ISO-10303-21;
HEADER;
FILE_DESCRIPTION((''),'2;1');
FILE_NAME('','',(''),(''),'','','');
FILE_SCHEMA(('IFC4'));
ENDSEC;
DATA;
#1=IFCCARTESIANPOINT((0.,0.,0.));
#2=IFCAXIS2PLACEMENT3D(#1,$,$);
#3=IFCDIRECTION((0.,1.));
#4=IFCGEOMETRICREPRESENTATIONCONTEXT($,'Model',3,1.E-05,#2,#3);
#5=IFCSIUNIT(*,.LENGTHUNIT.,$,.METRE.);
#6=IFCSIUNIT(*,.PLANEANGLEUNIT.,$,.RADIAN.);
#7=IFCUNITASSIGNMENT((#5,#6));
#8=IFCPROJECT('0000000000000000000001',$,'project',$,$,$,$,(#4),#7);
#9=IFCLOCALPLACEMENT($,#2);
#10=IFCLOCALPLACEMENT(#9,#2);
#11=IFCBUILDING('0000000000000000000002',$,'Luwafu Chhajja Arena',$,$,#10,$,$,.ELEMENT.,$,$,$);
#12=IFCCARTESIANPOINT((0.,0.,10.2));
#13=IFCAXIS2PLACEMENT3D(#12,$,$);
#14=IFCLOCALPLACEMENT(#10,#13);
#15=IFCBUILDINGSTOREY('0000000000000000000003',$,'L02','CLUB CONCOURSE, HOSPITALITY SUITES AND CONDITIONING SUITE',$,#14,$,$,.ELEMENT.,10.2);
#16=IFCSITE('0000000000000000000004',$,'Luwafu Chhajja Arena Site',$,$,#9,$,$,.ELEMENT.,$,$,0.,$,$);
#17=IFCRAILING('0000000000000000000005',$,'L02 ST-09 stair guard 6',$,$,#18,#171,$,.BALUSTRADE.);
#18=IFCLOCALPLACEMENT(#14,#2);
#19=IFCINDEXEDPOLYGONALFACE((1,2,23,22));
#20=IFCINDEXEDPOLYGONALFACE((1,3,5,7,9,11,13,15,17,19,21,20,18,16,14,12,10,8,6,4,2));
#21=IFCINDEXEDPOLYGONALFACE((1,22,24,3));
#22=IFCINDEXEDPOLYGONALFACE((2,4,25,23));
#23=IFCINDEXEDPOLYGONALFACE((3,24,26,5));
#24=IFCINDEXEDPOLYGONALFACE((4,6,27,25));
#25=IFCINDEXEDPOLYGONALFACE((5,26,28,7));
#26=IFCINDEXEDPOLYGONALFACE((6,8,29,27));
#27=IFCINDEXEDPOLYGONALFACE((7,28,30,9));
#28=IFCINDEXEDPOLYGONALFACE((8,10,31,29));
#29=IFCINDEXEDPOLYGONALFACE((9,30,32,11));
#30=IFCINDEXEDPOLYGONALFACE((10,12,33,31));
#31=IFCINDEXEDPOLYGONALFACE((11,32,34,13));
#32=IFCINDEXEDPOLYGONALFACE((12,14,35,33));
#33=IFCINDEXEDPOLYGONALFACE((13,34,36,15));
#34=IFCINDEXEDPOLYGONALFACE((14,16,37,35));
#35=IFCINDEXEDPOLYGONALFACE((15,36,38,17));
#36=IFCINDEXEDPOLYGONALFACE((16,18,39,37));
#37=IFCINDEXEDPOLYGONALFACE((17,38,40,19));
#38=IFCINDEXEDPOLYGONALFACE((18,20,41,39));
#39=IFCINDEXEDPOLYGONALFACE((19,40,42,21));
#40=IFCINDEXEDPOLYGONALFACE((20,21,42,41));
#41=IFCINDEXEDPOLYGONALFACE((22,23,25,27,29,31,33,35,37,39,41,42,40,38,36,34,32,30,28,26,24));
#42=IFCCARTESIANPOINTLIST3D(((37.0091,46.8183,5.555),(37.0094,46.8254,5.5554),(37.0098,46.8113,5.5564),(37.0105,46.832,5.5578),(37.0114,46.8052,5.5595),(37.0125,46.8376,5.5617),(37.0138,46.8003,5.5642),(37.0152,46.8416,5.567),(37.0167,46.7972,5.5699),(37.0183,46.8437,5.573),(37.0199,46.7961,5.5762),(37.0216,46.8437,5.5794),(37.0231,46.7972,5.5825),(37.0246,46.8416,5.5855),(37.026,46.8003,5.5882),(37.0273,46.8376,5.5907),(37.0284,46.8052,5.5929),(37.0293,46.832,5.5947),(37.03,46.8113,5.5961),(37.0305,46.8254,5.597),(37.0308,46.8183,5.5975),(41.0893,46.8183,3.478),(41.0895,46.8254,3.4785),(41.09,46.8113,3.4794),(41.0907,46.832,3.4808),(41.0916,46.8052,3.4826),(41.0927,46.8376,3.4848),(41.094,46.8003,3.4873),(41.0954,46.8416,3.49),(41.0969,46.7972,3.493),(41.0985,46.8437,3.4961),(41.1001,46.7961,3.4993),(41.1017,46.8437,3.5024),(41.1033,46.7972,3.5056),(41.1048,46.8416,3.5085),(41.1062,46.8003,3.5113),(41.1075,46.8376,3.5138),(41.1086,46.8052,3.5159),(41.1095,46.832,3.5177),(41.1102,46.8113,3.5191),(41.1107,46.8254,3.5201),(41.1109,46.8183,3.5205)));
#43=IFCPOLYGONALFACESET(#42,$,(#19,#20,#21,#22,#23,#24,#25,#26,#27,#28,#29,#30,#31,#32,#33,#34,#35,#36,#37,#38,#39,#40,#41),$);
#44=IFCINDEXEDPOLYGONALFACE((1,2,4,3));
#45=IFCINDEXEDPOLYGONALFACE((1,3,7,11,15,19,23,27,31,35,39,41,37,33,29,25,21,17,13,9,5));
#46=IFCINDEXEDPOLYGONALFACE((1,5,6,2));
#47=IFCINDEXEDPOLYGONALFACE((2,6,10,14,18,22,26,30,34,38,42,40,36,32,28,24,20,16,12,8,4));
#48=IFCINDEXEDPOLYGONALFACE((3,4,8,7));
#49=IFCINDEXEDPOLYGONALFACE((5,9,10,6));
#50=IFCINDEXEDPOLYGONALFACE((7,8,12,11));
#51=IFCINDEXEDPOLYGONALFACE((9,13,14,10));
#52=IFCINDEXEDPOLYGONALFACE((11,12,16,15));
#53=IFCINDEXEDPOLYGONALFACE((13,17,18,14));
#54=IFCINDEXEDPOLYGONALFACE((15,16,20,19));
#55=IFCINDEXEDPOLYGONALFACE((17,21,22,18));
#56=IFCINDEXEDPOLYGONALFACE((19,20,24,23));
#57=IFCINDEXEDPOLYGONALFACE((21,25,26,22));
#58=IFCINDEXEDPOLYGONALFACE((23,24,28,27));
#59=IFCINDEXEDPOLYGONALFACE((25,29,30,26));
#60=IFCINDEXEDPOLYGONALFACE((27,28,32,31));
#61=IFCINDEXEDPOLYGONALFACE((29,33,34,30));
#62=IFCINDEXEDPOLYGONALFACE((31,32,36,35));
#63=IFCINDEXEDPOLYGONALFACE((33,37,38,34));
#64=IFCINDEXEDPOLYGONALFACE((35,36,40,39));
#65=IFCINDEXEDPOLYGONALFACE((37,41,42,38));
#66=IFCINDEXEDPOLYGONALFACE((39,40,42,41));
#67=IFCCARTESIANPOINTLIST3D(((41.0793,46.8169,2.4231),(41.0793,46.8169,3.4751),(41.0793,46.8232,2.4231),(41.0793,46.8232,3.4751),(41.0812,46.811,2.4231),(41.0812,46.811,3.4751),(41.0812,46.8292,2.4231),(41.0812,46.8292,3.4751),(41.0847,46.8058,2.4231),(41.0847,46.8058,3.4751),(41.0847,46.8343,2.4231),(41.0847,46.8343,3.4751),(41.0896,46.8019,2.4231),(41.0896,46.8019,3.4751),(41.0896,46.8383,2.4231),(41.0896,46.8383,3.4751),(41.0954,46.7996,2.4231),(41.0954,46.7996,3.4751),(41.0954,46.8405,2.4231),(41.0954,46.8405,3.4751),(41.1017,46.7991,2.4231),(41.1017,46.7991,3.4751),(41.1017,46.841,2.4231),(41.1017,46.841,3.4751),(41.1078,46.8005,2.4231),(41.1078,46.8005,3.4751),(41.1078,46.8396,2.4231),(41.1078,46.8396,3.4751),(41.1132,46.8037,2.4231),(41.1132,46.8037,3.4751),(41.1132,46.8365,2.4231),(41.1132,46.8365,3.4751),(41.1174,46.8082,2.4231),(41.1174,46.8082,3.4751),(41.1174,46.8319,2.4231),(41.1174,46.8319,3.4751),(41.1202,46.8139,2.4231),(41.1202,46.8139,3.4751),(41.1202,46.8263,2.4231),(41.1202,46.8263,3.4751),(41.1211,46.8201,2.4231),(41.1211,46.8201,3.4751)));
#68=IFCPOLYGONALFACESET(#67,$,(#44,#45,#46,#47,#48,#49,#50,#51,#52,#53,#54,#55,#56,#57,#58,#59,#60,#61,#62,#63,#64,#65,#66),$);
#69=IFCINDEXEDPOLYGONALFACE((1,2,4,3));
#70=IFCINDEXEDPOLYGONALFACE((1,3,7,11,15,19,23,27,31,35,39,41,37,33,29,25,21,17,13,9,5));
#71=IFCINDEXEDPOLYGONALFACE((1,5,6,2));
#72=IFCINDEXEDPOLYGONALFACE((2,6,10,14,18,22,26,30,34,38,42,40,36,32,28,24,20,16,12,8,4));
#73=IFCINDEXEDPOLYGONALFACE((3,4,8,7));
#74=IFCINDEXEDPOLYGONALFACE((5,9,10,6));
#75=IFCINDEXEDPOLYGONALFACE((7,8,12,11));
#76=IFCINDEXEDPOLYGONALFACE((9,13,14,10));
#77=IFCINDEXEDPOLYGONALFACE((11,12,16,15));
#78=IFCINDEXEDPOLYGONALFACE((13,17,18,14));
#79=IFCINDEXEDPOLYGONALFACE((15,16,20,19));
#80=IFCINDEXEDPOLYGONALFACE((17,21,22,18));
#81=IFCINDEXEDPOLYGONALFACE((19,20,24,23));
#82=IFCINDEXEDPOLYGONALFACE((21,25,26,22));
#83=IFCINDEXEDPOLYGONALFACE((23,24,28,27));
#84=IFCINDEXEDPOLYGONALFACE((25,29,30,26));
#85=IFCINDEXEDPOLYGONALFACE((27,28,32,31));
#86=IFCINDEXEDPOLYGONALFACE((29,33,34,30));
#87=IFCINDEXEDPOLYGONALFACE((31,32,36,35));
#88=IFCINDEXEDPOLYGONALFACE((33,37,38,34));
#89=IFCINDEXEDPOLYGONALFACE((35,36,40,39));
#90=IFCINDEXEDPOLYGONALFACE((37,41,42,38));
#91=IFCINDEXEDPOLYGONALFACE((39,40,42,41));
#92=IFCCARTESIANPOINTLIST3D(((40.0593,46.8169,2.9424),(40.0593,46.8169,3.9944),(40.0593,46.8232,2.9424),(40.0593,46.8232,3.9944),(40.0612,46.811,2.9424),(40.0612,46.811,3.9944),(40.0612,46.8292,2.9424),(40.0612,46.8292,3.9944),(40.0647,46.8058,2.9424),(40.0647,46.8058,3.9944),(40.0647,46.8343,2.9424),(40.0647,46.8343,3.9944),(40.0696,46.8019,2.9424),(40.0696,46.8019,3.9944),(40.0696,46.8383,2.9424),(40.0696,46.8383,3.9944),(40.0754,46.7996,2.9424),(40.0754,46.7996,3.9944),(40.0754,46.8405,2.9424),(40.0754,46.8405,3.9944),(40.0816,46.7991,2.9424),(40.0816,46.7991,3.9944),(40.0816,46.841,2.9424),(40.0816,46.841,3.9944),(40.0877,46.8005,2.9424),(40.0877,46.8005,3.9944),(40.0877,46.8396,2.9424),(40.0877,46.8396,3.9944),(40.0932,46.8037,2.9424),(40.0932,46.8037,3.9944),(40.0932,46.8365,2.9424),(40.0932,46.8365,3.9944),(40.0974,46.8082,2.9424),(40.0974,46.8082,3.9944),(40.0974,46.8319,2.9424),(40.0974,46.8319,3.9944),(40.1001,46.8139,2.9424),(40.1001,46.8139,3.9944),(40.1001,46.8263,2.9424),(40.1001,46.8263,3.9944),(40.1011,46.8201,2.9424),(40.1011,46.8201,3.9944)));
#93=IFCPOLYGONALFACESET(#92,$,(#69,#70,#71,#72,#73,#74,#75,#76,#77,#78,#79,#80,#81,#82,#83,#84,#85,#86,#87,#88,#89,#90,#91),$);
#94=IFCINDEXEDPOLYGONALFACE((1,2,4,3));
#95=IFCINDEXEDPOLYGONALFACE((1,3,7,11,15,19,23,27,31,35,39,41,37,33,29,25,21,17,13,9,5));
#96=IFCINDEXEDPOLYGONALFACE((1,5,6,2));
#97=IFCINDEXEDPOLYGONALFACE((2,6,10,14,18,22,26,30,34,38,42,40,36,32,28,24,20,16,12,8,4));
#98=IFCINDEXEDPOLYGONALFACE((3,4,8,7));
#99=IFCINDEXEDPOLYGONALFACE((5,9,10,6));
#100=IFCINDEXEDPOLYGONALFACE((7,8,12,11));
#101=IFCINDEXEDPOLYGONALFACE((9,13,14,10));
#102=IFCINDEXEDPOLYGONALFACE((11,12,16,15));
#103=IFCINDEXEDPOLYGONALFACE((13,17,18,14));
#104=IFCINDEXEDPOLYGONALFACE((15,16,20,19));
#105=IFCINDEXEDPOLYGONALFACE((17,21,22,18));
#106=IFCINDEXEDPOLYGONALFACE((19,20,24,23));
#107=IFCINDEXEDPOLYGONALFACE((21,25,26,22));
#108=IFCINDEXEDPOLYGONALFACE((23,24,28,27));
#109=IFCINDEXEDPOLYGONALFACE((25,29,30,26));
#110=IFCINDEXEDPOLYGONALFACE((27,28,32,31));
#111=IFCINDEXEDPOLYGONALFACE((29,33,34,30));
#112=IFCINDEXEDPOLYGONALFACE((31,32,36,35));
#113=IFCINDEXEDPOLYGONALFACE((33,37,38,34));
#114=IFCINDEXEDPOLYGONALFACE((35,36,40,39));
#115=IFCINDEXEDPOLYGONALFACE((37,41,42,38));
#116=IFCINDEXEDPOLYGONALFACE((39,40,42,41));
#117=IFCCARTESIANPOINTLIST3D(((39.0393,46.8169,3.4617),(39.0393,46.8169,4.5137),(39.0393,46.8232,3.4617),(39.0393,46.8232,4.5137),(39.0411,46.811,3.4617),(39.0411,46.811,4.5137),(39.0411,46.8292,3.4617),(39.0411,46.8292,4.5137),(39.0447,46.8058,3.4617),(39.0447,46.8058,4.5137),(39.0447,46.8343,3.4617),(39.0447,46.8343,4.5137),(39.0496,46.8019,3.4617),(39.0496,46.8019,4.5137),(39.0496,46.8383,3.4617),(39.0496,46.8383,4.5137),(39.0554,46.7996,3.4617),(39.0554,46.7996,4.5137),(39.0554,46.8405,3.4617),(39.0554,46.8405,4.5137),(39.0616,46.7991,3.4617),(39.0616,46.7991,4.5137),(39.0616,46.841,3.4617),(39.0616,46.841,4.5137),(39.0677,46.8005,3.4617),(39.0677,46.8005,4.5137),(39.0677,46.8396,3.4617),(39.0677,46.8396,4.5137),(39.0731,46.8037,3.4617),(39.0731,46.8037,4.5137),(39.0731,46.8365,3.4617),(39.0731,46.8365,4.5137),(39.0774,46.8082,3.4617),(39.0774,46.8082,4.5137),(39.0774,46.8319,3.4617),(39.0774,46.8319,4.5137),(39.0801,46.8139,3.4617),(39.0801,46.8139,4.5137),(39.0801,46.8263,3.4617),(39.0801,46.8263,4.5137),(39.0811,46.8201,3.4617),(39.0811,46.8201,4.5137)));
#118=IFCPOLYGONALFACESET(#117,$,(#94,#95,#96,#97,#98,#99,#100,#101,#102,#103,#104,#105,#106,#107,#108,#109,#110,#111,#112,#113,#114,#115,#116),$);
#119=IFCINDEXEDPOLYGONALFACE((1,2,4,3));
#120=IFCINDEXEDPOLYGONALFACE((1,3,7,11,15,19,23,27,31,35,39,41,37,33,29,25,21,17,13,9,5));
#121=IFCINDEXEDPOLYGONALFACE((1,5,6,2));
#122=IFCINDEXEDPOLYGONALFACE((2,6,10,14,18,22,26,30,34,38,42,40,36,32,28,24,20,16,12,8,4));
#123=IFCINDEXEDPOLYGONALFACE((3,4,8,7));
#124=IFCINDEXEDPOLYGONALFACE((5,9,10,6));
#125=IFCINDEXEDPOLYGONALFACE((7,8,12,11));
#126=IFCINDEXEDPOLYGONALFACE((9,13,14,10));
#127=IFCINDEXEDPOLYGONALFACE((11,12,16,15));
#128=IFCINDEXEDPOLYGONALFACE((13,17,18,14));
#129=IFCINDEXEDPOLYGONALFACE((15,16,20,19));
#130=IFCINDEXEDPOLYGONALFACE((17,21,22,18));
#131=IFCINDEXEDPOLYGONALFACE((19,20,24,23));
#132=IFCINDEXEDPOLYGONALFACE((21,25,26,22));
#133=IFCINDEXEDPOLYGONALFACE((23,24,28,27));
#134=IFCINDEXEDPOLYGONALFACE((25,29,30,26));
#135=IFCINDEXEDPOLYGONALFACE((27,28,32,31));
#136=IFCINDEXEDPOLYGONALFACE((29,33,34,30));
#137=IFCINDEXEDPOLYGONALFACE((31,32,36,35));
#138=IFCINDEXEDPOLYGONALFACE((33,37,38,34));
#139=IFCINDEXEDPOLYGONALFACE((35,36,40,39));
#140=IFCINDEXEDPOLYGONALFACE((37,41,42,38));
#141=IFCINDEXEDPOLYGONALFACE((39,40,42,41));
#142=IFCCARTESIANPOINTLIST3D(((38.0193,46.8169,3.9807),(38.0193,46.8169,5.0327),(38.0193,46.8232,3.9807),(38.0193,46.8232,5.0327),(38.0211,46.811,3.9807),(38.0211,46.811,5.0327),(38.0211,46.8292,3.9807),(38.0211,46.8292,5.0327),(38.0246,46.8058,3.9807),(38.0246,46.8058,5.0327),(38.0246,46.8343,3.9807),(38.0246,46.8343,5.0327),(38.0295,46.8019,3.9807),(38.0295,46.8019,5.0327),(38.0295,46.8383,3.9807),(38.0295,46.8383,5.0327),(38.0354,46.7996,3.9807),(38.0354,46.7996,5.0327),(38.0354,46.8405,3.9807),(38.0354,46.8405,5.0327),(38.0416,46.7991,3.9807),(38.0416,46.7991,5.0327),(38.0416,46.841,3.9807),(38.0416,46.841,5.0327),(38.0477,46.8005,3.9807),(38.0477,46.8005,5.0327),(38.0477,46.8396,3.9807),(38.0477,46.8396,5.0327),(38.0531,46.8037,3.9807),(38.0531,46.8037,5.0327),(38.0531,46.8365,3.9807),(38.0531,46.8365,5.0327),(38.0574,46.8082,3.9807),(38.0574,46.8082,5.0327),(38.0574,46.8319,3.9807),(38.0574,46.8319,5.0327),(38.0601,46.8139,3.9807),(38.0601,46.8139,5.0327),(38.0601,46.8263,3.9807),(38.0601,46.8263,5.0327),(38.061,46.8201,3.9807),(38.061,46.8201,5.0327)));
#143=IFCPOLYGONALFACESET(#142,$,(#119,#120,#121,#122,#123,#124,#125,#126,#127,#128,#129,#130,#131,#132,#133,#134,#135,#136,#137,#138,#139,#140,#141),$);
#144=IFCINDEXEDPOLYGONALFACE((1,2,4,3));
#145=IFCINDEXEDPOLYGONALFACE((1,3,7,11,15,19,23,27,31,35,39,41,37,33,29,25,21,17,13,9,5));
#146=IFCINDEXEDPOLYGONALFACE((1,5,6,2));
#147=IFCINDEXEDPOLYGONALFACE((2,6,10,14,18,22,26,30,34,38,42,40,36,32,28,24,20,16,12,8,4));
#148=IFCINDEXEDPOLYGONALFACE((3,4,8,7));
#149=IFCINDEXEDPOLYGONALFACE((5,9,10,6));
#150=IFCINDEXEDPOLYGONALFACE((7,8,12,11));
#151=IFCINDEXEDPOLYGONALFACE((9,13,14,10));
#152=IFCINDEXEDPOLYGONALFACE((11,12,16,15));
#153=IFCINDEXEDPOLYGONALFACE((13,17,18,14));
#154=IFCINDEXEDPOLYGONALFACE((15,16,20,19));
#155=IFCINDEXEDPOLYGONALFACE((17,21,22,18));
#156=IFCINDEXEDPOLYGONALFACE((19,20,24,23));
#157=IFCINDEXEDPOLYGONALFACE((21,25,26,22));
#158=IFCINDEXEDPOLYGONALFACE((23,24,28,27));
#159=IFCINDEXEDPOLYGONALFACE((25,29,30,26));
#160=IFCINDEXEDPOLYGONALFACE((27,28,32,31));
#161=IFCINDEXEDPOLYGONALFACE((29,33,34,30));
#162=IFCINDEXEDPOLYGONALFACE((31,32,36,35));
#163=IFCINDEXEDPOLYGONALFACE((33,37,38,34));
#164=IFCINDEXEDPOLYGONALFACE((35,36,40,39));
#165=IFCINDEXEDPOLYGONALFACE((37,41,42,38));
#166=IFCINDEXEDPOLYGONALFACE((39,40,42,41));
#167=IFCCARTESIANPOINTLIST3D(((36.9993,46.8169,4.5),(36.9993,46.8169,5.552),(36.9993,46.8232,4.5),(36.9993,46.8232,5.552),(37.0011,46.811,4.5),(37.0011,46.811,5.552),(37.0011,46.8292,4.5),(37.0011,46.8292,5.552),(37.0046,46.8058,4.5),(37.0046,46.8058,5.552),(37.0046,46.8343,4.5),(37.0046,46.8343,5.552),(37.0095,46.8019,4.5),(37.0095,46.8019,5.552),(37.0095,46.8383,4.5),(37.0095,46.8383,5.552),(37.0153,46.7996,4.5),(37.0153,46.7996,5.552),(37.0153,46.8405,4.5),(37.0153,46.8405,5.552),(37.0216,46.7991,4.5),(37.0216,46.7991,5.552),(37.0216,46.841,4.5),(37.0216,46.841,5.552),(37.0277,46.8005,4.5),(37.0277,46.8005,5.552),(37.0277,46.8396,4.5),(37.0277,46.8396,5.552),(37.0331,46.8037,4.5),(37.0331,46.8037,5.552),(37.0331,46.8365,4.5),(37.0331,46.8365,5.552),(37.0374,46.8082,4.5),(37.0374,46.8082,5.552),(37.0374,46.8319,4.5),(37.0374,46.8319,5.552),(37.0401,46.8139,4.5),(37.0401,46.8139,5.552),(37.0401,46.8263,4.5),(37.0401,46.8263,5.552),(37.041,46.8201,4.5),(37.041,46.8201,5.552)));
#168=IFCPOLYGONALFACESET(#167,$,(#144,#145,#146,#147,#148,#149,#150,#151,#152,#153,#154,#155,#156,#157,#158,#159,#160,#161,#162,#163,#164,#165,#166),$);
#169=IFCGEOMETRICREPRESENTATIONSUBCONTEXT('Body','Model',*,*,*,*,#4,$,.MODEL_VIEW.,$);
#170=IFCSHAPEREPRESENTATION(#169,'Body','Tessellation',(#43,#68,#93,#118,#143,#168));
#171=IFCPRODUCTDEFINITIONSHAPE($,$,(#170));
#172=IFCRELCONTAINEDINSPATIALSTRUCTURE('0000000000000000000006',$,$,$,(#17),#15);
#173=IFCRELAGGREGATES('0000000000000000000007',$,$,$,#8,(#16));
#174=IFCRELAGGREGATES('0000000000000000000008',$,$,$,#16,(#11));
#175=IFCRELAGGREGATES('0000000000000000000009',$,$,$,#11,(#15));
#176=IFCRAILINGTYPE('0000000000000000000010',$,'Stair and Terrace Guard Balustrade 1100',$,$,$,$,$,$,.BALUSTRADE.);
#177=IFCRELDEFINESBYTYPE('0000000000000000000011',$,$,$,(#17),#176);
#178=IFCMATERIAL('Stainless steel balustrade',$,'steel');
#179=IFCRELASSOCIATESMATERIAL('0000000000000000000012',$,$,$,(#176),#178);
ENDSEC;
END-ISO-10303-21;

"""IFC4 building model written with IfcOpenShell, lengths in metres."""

from ifc_helpers import new_model, si_unit, direction, frame, origin, origin_2d, place, context, subcontext, project, spatial, circle, extrude, material, type_object, element, save


model = new_model("IFC4")

# Units and contexts
model_context = context("Model", 3, precision=1e-05, world=origin(), true_north=direction((0.0, 1.0)))
body_context = subcontext(model_context, "Body", "Model", "MODEL_VIEW")
ifc_project = project(units=[si_unit("LENGTHUNIT", "METRE"), si_unit("PLANEANGLEUNIT", "RADIAN")], contexts=[model_context])

# Site, building, storey
site_placement = place(None, origin())
site = spatial("IfcSite", under=ifc_project, at=site_placement, Name="Luwafu Chhajja Arena Site", CompositionType="ELEMENT", RefElevation=0.0)
building_placement = place(site_placement, origin())
building = spatial("IfcBuilding", under=site, at=building_placement, Name="Luwafu Chhajja Arena", CompositionType="ELEMENT")
storey_placement = place(building_placement, frame((0.0, 0.0, 10.2)))
storey = spatial("IfcBuildingStorey", under=building, at=storey_placement, Name="L02", Description="CLUB CONCOURSE, HOSPITALITY SUITES AND CONDITIONING SUITE", CompositionType="ELEMENT", Elevation=10.2)

# Railing
ifc_material_1 = material(Name="Stainless steel balustrade", Category="steel")
railing_type_1 = type_object("IfcRailingType", Name="Stair and Terrace Guard Balustrade 1100", PredefinedType="BALUSTRADE", material=ifc_material_1)
railing_1_placement = place(storey_placement, frame((41.1001, 46.8201, 2.4231)))
element("IfcRailing", 1, at=railing_1_placement, inside=storey, type_object=railing_type_1, Name="L02 ST-09 stair guard 6", PredefinedType="BALUSTRADE", context=body_context, shape_type="SweptSolid", body=[
    extrude(circle(Radius=0.0239, at=origin_2d()), frame((0.0, 0.0, 1.0762), z_axis=(-0.891183, 0.0, 0.453644), x_axis=(0.0, -1.0, 0.0)), (0.0, 0.0, 1.0), 4.5784),
    extrude(circle(Radius=0.021, at=origin_2d()), origin(), (0.0, 0.0, 1.0), 1.052),
    extrude(circle(Radius=0.021, at=origin_2d()), frame((-1.02, 0.0, 0.5193)), (0.0, 0.0, 1.0), 1.052),
    extrude(circle(Radius=0.021, at=origin_2d()), frame((-2.04, 0.0, 1.0386)), (0.0, 0.0, 1.0), 1.052),
    extrude(circle(Radius=0.021, at=origin_2d()), frame((-3.0601, 0.0, 1.5576)), (0.0, 0.0, 1.0), 1.052),
    extrude(circle(Radius=0.021, at=origin_2d()), frame((-4.0801, 0.0, 2.0769)), (0.0, 0.0, 1.0), 1.052),
])

save(model, "model.ifc")
